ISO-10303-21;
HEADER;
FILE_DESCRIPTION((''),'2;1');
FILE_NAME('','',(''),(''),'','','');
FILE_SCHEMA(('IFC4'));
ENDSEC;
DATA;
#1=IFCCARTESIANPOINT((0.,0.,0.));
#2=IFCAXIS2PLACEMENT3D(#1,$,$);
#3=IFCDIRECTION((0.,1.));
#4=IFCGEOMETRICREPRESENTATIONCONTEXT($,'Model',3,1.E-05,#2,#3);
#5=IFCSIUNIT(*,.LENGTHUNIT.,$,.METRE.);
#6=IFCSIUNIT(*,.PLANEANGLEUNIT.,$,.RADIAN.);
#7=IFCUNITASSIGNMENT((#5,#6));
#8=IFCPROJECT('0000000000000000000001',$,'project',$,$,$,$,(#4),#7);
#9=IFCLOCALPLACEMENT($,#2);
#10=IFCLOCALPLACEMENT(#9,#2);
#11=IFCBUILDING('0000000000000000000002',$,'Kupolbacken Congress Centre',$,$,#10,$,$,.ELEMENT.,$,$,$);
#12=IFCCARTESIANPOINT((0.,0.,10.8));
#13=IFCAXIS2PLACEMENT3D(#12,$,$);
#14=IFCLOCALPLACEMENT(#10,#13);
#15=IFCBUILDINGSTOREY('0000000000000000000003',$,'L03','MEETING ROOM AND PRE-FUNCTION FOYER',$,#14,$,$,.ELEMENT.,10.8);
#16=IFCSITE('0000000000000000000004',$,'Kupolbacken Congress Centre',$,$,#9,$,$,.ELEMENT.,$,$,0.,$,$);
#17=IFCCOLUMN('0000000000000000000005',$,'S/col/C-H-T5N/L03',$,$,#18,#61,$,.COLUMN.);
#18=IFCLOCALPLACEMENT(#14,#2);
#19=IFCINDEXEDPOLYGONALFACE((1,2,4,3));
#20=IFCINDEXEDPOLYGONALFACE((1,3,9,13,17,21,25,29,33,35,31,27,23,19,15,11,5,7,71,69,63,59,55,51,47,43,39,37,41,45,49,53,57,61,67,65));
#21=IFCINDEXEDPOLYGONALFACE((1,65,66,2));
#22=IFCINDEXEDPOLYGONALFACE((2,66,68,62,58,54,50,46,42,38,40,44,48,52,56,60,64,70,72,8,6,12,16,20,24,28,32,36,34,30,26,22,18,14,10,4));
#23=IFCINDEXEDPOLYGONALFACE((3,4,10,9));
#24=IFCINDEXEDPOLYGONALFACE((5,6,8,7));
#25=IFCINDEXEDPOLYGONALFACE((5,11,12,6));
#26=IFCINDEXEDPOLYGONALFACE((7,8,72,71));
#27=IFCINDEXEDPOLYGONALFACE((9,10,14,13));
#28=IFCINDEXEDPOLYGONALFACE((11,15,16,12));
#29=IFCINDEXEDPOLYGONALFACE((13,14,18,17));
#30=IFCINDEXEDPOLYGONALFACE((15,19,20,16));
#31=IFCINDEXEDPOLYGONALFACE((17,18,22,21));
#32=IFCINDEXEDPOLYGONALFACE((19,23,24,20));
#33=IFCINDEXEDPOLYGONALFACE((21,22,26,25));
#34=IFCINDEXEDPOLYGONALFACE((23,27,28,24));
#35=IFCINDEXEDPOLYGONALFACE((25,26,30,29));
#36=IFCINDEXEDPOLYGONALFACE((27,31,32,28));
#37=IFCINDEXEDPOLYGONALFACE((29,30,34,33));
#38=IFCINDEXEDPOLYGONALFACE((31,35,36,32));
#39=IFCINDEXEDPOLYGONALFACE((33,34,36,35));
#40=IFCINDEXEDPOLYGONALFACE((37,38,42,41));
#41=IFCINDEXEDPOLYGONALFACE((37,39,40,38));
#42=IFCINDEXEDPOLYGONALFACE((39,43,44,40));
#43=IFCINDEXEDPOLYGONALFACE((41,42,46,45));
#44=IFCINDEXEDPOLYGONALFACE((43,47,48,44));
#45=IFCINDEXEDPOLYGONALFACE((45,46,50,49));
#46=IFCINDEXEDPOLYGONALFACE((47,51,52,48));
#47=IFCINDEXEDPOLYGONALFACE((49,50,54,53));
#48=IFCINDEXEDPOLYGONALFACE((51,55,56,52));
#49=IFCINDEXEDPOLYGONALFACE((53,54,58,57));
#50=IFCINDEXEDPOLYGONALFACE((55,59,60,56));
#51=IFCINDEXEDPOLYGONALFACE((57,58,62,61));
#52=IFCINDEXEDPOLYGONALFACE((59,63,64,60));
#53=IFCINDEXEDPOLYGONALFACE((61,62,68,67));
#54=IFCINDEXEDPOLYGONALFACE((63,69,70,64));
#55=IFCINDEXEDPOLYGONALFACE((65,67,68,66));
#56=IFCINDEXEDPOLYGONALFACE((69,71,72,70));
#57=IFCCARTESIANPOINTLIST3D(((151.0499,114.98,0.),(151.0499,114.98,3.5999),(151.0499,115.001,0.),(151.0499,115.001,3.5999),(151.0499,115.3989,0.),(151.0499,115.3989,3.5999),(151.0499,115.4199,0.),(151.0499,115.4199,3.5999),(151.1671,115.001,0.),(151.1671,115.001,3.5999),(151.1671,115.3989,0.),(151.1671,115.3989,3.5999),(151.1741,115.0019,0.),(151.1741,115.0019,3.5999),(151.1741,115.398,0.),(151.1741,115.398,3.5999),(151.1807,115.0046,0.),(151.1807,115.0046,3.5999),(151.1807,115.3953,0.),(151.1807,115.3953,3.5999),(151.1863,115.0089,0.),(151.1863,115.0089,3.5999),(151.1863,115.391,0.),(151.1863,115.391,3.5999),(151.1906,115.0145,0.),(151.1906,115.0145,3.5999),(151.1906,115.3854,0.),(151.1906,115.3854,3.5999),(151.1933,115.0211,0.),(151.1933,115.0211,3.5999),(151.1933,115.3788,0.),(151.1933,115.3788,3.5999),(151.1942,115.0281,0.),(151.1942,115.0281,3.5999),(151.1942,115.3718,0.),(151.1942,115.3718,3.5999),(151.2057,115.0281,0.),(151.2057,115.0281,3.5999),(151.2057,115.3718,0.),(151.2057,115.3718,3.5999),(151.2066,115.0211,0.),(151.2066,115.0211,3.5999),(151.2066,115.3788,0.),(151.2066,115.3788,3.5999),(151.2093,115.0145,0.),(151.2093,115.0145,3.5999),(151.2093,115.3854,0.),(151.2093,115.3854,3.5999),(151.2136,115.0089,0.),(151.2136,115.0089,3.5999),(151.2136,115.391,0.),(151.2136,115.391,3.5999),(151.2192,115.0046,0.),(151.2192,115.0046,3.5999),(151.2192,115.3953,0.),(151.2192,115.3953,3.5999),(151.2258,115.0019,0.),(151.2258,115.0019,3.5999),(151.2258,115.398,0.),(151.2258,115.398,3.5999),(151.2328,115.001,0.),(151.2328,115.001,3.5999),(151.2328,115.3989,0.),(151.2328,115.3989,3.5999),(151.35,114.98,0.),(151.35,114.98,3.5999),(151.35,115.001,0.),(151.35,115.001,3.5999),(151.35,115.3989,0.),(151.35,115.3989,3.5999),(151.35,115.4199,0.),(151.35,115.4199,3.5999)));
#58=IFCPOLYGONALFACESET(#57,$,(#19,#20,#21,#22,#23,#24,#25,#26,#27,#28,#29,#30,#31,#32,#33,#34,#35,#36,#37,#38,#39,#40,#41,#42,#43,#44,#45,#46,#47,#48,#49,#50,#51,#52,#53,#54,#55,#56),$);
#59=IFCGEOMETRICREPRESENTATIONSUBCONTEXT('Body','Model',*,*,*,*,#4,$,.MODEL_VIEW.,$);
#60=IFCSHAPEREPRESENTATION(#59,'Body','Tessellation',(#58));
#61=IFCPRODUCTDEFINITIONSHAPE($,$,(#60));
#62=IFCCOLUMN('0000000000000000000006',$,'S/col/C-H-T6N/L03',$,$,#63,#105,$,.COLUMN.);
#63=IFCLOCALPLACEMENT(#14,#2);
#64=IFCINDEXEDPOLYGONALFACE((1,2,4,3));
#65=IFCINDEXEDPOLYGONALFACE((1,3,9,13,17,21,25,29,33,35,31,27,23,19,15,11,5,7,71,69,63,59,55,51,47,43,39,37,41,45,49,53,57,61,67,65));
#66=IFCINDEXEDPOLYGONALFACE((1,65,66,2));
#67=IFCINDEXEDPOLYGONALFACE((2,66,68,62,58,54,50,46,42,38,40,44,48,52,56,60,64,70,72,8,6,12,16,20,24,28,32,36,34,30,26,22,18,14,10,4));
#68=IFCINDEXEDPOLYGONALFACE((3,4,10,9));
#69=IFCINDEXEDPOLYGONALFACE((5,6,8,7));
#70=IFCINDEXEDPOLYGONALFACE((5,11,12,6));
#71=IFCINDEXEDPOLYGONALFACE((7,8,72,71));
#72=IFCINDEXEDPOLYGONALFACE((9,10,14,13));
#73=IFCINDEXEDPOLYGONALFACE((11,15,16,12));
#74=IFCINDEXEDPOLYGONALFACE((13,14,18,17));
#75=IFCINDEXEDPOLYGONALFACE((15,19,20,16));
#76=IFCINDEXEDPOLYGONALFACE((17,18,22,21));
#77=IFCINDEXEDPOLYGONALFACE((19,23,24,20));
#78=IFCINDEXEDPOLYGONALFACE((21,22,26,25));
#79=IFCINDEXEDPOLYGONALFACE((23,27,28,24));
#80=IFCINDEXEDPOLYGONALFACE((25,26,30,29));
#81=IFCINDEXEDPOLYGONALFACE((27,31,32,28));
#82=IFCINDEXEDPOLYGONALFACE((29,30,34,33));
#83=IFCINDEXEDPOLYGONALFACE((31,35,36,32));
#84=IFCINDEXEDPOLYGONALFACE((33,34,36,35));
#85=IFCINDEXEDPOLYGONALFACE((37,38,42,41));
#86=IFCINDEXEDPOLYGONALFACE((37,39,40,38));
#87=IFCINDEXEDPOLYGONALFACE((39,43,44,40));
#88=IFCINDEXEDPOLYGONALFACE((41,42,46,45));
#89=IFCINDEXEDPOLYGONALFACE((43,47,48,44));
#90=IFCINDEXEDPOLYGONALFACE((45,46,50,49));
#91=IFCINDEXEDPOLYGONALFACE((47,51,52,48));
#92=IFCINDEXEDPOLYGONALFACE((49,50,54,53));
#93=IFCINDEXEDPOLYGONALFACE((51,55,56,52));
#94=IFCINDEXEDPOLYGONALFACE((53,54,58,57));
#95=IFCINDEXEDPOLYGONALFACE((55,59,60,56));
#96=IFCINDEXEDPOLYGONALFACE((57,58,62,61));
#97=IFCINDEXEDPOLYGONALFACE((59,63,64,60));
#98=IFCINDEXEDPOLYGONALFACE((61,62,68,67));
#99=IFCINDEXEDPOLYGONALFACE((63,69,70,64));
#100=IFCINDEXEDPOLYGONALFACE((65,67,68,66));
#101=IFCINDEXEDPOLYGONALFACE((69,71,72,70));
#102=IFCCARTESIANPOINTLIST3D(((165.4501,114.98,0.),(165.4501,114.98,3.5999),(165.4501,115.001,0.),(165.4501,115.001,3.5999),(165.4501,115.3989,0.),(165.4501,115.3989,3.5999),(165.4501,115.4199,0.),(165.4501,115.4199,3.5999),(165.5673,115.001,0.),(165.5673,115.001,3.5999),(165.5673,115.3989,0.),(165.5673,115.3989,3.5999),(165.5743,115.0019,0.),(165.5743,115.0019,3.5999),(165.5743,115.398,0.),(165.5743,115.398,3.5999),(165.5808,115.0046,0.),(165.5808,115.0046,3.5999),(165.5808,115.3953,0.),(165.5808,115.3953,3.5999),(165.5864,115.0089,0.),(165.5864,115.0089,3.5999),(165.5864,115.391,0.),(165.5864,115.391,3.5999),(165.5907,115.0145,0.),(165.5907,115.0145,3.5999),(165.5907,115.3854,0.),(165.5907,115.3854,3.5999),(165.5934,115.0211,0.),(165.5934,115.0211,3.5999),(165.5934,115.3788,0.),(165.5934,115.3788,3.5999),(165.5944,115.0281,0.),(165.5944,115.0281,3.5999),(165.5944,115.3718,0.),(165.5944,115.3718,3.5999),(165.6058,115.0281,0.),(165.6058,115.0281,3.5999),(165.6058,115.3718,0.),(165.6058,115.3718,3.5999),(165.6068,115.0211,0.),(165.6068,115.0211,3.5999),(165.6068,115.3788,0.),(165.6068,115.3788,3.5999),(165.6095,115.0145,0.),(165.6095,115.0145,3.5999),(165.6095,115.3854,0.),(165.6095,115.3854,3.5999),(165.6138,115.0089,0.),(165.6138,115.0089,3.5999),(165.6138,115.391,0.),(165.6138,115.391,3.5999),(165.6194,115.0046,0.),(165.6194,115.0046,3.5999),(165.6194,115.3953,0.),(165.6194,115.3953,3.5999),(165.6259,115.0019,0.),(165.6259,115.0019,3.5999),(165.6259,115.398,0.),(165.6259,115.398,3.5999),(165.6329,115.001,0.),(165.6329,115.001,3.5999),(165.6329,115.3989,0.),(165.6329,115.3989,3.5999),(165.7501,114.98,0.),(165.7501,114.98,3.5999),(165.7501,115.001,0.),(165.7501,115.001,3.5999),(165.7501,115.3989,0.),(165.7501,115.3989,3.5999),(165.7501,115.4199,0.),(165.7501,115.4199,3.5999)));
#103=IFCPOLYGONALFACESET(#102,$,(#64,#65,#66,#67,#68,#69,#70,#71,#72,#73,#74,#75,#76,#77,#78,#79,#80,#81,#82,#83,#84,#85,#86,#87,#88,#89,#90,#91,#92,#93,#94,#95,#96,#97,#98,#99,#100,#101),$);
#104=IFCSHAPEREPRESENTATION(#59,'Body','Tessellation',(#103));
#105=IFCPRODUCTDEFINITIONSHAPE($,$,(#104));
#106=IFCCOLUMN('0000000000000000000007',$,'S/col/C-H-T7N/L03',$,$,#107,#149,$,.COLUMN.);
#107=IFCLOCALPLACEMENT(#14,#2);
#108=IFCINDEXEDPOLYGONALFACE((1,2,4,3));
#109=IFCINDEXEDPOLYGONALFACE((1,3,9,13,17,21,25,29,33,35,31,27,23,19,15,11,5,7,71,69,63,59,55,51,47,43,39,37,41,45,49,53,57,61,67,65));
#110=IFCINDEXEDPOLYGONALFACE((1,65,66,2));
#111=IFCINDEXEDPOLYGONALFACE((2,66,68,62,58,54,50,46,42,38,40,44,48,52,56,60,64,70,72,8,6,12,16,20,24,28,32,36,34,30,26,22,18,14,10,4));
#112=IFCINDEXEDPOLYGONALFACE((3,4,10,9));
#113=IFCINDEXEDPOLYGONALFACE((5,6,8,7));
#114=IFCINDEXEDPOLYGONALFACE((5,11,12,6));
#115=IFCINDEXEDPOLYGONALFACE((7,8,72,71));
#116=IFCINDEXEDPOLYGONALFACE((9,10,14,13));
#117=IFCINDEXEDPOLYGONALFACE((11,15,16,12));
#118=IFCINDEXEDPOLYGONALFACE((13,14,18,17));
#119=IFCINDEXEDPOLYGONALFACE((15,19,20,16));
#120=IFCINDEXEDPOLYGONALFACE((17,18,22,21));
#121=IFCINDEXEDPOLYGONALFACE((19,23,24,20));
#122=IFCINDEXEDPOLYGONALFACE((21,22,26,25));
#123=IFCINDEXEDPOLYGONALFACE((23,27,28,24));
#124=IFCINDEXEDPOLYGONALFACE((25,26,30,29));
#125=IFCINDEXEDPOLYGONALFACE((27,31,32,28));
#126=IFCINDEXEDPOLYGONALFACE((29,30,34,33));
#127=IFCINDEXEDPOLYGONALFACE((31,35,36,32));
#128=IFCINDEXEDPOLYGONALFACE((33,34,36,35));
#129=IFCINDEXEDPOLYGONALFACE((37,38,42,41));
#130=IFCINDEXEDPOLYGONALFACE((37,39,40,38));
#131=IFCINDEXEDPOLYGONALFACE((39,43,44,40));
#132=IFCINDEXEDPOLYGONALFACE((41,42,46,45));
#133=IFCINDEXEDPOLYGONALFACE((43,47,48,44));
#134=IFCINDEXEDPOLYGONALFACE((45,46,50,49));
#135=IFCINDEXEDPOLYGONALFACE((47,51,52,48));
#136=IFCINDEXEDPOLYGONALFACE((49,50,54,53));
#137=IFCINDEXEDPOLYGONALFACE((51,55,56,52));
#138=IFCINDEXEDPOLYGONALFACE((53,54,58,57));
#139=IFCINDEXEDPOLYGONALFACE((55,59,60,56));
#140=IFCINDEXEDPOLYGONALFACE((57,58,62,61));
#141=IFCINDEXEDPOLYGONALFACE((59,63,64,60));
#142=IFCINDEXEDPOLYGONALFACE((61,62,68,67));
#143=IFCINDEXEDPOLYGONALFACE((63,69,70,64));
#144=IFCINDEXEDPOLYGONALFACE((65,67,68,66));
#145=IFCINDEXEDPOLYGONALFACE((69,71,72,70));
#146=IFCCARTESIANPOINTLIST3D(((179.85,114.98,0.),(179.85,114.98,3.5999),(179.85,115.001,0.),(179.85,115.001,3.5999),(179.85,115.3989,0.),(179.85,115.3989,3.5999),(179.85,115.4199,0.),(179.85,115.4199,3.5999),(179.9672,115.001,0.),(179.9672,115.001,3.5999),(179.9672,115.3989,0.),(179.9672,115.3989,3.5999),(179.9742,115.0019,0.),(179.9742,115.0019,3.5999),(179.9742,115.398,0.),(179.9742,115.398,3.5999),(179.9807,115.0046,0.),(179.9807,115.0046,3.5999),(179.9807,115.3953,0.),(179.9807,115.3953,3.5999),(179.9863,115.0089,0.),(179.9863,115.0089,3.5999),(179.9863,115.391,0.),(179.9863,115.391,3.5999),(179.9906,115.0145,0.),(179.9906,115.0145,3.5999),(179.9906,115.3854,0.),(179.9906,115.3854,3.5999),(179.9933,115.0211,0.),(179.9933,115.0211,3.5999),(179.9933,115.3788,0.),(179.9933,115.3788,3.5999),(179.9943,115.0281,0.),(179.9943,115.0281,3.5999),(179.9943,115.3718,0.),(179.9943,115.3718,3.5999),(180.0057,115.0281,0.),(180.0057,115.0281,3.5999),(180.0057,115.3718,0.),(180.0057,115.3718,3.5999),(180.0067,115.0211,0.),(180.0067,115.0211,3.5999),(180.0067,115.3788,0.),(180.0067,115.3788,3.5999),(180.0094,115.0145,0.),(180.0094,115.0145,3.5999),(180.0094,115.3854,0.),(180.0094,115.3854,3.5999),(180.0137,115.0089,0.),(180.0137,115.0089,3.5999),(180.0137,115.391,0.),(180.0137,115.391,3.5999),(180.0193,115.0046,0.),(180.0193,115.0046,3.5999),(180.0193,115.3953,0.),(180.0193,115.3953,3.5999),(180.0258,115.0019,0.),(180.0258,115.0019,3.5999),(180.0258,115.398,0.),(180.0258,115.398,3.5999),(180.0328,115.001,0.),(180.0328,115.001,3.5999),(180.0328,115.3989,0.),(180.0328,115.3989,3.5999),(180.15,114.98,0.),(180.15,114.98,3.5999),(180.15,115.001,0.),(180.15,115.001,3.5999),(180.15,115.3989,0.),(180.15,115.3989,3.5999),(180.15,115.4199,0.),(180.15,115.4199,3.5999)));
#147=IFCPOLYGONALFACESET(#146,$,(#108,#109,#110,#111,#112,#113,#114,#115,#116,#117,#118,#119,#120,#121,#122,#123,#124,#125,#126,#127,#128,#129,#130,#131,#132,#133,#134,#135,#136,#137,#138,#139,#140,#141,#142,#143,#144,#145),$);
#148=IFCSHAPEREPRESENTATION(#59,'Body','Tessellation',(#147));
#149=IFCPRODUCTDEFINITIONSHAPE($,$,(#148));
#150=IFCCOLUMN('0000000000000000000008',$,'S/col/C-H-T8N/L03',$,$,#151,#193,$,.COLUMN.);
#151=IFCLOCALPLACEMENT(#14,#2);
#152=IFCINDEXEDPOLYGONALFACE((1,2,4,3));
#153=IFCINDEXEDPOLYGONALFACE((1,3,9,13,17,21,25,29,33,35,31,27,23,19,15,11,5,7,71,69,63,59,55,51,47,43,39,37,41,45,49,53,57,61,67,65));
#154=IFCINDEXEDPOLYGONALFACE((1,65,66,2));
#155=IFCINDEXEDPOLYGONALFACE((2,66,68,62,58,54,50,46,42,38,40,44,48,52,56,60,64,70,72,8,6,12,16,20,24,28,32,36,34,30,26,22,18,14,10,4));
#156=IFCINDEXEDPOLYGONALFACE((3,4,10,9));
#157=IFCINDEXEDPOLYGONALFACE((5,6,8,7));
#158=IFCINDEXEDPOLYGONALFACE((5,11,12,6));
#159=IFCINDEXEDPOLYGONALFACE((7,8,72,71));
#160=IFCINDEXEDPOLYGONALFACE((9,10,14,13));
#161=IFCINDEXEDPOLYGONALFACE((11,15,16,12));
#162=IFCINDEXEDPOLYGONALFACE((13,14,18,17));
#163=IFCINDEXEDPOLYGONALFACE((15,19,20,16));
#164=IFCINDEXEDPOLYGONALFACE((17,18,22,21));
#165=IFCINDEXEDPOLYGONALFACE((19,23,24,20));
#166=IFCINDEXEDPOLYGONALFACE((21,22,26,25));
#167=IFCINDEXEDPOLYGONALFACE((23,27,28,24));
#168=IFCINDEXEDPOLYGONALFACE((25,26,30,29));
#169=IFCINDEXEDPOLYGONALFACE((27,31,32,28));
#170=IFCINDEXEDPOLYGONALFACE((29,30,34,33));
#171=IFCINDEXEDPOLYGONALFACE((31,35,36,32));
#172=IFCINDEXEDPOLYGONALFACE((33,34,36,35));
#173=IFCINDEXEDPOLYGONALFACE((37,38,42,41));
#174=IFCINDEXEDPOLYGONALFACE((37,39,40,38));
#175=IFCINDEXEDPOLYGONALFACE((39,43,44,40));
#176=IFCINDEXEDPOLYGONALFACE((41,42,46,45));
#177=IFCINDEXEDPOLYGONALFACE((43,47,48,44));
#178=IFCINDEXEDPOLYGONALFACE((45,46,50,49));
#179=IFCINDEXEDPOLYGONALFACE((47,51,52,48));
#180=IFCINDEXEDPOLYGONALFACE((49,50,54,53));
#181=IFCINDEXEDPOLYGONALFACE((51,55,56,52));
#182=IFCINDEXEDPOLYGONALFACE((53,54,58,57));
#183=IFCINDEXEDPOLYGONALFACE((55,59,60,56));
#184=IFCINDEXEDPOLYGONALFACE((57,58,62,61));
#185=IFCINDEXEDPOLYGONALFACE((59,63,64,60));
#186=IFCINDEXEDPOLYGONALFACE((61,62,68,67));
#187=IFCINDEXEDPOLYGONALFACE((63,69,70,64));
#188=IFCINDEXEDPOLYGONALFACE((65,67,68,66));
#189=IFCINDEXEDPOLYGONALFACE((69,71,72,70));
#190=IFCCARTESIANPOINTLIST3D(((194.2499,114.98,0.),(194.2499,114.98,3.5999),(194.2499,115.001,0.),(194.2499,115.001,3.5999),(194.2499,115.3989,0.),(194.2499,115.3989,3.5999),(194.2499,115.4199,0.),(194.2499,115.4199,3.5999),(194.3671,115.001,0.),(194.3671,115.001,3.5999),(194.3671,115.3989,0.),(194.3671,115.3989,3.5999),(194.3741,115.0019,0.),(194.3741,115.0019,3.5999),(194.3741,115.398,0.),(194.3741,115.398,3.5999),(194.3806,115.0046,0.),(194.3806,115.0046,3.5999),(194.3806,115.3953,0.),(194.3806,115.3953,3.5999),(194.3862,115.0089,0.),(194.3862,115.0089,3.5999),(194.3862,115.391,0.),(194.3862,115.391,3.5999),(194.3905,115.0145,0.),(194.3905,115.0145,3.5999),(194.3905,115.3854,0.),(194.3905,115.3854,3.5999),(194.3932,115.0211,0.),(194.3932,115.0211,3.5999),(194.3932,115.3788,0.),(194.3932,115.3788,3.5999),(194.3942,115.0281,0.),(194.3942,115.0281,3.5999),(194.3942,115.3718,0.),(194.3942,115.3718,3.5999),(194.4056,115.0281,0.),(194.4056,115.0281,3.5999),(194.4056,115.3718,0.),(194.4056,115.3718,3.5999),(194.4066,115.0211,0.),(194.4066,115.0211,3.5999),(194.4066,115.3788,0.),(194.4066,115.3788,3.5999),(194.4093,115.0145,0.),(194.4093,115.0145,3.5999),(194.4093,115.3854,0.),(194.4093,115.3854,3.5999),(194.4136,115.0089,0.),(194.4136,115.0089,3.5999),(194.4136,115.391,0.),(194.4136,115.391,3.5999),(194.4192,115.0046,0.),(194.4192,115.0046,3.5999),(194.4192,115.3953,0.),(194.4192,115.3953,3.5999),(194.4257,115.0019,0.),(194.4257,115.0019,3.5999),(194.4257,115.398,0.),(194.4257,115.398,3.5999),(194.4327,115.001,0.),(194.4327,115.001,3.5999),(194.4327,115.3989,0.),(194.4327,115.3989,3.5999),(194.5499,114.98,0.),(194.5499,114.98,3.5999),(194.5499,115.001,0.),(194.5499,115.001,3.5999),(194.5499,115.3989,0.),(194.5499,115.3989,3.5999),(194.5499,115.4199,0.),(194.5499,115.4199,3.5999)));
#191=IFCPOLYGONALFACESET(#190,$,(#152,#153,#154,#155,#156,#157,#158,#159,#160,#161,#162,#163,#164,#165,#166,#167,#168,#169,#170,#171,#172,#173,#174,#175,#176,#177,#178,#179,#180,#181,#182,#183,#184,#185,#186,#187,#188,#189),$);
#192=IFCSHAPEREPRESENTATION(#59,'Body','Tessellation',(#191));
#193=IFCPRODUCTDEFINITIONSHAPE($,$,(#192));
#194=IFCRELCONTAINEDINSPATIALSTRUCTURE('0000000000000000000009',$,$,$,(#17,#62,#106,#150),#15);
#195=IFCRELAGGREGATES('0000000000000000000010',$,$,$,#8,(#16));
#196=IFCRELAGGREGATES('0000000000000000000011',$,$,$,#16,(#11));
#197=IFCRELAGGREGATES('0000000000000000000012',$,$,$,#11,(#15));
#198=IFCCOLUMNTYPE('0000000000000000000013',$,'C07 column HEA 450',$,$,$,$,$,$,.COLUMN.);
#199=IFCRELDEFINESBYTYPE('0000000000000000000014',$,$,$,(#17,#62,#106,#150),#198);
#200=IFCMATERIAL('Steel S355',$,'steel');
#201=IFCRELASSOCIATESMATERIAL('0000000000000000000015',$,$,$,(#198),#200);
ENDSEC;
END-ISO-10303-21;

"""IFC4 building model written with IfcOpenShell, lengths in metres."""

from ifc_helpers import new_model, si_unit, direction, frame, origin, origin_2d, place, context, subcontext, project, spatial, i_section, extrude, material, material_profile, profile_set, type_object, element, save


model = new_model("IFC4")

# Units and contexts
model_context = context("Model", 3, precision=1e-05, world=origin(), true_north=direction((0.0, 1.0)))
body_context = subcontext(model_context, "Body", "Model", "MODEL_VIEW")
ifc_project = project(units=[si_unit("LENGTHUNIT", "METRE"), si_unit("PLANEANGLEUNIT", "RADIAN")], contexts=[model_context])

# Site, building, storey
site_placement = place(None, origin())
site = spatial("IfcSite", under=ifc_project, at=site_placement, Name="Kupolbacken Congress Centre", CompositionType="ELEMENT", RefElevation=0.0)
building_placement = place(site_placement, origin())
building = spatial("IfcBuilding", under=site, at=building_placement, Name="Kupolbacken Congress Centre", CompositionType="ELEMENT")
storey_placement = place(building_placement, frame((0.0, 0.0, 10.8)))
storey = spatial("IfcBuildingStorey", under=building, at=storey_placement, Name="L03", Description="MEETING ROOM AND PRE-FUNCTION FOYER", CompositionType="ELEMENT", Elevation=10.8)

# Columns
ifc_material_1 = material(Name="Steel S355", Category="steel")
ifc_material_profile_1 = material_profile(ifc_material_1, i_section(OverallWidth=0.3, OverallDepth=0.4399, WebThickness=0.0115, FlangeThickness=0.021, FilletRadius=0.0271, at=origin_2d()), Name="HEA 450")
ifc_profile_set_1 = profile_set([ifc_material_profile_1], Name="Steel S355")
column_type_1 = type_object("IfcColumnType", Name="C07 column HEA 450", PredefinedType="COLUMN", material=ifc_profile_set_1)
for number, where, z_axis, x_axis, name in (
    (1, (151.2, 115.2, 0.0), (0.0, 0.0, 1.0), (1.0, 0.0, 0.0), "S/col/C-H-T5N/L03"),
    (2, (165.6001, 115.2, 0.0), (0.0, 0.0, 1.0), (1.0, 0.0, 0.0), "S/col/C-H-T6N/L03"),
    (3, (180.0, 115.2, 0.0), (0.0, 0.0, 1.0), (1.0, 0.0, 0.0), "S/col/C-H-T7N/L03"),
    (4, (194.3999, 115.2, 0.0), (0.0, 0.0, 1.0), (1.0, 0.0, 0.0), "S/col/C-H-T8N/L03"),
):
    element("IfcColumn", number, at=place(storey_placement, frame(where, z_axis=z_axis, x_axis=x_axis)), inside=storey, type_object=column_type_1, Name=name, PredefinedType="COLUMN", context=body_context, shape_type="SweptSolid", body=[
        extrude(i_section(OverallWidth=0.3, OverallDepth=0.4399, WebThickness=0.0115, FlangeThickness=0.021, FilletRadius=0.0271, at=origin_2d()), origin(), (0.0, 0.0, 1.0), 3.5999),
    ])

save(model, "model.ifc")
